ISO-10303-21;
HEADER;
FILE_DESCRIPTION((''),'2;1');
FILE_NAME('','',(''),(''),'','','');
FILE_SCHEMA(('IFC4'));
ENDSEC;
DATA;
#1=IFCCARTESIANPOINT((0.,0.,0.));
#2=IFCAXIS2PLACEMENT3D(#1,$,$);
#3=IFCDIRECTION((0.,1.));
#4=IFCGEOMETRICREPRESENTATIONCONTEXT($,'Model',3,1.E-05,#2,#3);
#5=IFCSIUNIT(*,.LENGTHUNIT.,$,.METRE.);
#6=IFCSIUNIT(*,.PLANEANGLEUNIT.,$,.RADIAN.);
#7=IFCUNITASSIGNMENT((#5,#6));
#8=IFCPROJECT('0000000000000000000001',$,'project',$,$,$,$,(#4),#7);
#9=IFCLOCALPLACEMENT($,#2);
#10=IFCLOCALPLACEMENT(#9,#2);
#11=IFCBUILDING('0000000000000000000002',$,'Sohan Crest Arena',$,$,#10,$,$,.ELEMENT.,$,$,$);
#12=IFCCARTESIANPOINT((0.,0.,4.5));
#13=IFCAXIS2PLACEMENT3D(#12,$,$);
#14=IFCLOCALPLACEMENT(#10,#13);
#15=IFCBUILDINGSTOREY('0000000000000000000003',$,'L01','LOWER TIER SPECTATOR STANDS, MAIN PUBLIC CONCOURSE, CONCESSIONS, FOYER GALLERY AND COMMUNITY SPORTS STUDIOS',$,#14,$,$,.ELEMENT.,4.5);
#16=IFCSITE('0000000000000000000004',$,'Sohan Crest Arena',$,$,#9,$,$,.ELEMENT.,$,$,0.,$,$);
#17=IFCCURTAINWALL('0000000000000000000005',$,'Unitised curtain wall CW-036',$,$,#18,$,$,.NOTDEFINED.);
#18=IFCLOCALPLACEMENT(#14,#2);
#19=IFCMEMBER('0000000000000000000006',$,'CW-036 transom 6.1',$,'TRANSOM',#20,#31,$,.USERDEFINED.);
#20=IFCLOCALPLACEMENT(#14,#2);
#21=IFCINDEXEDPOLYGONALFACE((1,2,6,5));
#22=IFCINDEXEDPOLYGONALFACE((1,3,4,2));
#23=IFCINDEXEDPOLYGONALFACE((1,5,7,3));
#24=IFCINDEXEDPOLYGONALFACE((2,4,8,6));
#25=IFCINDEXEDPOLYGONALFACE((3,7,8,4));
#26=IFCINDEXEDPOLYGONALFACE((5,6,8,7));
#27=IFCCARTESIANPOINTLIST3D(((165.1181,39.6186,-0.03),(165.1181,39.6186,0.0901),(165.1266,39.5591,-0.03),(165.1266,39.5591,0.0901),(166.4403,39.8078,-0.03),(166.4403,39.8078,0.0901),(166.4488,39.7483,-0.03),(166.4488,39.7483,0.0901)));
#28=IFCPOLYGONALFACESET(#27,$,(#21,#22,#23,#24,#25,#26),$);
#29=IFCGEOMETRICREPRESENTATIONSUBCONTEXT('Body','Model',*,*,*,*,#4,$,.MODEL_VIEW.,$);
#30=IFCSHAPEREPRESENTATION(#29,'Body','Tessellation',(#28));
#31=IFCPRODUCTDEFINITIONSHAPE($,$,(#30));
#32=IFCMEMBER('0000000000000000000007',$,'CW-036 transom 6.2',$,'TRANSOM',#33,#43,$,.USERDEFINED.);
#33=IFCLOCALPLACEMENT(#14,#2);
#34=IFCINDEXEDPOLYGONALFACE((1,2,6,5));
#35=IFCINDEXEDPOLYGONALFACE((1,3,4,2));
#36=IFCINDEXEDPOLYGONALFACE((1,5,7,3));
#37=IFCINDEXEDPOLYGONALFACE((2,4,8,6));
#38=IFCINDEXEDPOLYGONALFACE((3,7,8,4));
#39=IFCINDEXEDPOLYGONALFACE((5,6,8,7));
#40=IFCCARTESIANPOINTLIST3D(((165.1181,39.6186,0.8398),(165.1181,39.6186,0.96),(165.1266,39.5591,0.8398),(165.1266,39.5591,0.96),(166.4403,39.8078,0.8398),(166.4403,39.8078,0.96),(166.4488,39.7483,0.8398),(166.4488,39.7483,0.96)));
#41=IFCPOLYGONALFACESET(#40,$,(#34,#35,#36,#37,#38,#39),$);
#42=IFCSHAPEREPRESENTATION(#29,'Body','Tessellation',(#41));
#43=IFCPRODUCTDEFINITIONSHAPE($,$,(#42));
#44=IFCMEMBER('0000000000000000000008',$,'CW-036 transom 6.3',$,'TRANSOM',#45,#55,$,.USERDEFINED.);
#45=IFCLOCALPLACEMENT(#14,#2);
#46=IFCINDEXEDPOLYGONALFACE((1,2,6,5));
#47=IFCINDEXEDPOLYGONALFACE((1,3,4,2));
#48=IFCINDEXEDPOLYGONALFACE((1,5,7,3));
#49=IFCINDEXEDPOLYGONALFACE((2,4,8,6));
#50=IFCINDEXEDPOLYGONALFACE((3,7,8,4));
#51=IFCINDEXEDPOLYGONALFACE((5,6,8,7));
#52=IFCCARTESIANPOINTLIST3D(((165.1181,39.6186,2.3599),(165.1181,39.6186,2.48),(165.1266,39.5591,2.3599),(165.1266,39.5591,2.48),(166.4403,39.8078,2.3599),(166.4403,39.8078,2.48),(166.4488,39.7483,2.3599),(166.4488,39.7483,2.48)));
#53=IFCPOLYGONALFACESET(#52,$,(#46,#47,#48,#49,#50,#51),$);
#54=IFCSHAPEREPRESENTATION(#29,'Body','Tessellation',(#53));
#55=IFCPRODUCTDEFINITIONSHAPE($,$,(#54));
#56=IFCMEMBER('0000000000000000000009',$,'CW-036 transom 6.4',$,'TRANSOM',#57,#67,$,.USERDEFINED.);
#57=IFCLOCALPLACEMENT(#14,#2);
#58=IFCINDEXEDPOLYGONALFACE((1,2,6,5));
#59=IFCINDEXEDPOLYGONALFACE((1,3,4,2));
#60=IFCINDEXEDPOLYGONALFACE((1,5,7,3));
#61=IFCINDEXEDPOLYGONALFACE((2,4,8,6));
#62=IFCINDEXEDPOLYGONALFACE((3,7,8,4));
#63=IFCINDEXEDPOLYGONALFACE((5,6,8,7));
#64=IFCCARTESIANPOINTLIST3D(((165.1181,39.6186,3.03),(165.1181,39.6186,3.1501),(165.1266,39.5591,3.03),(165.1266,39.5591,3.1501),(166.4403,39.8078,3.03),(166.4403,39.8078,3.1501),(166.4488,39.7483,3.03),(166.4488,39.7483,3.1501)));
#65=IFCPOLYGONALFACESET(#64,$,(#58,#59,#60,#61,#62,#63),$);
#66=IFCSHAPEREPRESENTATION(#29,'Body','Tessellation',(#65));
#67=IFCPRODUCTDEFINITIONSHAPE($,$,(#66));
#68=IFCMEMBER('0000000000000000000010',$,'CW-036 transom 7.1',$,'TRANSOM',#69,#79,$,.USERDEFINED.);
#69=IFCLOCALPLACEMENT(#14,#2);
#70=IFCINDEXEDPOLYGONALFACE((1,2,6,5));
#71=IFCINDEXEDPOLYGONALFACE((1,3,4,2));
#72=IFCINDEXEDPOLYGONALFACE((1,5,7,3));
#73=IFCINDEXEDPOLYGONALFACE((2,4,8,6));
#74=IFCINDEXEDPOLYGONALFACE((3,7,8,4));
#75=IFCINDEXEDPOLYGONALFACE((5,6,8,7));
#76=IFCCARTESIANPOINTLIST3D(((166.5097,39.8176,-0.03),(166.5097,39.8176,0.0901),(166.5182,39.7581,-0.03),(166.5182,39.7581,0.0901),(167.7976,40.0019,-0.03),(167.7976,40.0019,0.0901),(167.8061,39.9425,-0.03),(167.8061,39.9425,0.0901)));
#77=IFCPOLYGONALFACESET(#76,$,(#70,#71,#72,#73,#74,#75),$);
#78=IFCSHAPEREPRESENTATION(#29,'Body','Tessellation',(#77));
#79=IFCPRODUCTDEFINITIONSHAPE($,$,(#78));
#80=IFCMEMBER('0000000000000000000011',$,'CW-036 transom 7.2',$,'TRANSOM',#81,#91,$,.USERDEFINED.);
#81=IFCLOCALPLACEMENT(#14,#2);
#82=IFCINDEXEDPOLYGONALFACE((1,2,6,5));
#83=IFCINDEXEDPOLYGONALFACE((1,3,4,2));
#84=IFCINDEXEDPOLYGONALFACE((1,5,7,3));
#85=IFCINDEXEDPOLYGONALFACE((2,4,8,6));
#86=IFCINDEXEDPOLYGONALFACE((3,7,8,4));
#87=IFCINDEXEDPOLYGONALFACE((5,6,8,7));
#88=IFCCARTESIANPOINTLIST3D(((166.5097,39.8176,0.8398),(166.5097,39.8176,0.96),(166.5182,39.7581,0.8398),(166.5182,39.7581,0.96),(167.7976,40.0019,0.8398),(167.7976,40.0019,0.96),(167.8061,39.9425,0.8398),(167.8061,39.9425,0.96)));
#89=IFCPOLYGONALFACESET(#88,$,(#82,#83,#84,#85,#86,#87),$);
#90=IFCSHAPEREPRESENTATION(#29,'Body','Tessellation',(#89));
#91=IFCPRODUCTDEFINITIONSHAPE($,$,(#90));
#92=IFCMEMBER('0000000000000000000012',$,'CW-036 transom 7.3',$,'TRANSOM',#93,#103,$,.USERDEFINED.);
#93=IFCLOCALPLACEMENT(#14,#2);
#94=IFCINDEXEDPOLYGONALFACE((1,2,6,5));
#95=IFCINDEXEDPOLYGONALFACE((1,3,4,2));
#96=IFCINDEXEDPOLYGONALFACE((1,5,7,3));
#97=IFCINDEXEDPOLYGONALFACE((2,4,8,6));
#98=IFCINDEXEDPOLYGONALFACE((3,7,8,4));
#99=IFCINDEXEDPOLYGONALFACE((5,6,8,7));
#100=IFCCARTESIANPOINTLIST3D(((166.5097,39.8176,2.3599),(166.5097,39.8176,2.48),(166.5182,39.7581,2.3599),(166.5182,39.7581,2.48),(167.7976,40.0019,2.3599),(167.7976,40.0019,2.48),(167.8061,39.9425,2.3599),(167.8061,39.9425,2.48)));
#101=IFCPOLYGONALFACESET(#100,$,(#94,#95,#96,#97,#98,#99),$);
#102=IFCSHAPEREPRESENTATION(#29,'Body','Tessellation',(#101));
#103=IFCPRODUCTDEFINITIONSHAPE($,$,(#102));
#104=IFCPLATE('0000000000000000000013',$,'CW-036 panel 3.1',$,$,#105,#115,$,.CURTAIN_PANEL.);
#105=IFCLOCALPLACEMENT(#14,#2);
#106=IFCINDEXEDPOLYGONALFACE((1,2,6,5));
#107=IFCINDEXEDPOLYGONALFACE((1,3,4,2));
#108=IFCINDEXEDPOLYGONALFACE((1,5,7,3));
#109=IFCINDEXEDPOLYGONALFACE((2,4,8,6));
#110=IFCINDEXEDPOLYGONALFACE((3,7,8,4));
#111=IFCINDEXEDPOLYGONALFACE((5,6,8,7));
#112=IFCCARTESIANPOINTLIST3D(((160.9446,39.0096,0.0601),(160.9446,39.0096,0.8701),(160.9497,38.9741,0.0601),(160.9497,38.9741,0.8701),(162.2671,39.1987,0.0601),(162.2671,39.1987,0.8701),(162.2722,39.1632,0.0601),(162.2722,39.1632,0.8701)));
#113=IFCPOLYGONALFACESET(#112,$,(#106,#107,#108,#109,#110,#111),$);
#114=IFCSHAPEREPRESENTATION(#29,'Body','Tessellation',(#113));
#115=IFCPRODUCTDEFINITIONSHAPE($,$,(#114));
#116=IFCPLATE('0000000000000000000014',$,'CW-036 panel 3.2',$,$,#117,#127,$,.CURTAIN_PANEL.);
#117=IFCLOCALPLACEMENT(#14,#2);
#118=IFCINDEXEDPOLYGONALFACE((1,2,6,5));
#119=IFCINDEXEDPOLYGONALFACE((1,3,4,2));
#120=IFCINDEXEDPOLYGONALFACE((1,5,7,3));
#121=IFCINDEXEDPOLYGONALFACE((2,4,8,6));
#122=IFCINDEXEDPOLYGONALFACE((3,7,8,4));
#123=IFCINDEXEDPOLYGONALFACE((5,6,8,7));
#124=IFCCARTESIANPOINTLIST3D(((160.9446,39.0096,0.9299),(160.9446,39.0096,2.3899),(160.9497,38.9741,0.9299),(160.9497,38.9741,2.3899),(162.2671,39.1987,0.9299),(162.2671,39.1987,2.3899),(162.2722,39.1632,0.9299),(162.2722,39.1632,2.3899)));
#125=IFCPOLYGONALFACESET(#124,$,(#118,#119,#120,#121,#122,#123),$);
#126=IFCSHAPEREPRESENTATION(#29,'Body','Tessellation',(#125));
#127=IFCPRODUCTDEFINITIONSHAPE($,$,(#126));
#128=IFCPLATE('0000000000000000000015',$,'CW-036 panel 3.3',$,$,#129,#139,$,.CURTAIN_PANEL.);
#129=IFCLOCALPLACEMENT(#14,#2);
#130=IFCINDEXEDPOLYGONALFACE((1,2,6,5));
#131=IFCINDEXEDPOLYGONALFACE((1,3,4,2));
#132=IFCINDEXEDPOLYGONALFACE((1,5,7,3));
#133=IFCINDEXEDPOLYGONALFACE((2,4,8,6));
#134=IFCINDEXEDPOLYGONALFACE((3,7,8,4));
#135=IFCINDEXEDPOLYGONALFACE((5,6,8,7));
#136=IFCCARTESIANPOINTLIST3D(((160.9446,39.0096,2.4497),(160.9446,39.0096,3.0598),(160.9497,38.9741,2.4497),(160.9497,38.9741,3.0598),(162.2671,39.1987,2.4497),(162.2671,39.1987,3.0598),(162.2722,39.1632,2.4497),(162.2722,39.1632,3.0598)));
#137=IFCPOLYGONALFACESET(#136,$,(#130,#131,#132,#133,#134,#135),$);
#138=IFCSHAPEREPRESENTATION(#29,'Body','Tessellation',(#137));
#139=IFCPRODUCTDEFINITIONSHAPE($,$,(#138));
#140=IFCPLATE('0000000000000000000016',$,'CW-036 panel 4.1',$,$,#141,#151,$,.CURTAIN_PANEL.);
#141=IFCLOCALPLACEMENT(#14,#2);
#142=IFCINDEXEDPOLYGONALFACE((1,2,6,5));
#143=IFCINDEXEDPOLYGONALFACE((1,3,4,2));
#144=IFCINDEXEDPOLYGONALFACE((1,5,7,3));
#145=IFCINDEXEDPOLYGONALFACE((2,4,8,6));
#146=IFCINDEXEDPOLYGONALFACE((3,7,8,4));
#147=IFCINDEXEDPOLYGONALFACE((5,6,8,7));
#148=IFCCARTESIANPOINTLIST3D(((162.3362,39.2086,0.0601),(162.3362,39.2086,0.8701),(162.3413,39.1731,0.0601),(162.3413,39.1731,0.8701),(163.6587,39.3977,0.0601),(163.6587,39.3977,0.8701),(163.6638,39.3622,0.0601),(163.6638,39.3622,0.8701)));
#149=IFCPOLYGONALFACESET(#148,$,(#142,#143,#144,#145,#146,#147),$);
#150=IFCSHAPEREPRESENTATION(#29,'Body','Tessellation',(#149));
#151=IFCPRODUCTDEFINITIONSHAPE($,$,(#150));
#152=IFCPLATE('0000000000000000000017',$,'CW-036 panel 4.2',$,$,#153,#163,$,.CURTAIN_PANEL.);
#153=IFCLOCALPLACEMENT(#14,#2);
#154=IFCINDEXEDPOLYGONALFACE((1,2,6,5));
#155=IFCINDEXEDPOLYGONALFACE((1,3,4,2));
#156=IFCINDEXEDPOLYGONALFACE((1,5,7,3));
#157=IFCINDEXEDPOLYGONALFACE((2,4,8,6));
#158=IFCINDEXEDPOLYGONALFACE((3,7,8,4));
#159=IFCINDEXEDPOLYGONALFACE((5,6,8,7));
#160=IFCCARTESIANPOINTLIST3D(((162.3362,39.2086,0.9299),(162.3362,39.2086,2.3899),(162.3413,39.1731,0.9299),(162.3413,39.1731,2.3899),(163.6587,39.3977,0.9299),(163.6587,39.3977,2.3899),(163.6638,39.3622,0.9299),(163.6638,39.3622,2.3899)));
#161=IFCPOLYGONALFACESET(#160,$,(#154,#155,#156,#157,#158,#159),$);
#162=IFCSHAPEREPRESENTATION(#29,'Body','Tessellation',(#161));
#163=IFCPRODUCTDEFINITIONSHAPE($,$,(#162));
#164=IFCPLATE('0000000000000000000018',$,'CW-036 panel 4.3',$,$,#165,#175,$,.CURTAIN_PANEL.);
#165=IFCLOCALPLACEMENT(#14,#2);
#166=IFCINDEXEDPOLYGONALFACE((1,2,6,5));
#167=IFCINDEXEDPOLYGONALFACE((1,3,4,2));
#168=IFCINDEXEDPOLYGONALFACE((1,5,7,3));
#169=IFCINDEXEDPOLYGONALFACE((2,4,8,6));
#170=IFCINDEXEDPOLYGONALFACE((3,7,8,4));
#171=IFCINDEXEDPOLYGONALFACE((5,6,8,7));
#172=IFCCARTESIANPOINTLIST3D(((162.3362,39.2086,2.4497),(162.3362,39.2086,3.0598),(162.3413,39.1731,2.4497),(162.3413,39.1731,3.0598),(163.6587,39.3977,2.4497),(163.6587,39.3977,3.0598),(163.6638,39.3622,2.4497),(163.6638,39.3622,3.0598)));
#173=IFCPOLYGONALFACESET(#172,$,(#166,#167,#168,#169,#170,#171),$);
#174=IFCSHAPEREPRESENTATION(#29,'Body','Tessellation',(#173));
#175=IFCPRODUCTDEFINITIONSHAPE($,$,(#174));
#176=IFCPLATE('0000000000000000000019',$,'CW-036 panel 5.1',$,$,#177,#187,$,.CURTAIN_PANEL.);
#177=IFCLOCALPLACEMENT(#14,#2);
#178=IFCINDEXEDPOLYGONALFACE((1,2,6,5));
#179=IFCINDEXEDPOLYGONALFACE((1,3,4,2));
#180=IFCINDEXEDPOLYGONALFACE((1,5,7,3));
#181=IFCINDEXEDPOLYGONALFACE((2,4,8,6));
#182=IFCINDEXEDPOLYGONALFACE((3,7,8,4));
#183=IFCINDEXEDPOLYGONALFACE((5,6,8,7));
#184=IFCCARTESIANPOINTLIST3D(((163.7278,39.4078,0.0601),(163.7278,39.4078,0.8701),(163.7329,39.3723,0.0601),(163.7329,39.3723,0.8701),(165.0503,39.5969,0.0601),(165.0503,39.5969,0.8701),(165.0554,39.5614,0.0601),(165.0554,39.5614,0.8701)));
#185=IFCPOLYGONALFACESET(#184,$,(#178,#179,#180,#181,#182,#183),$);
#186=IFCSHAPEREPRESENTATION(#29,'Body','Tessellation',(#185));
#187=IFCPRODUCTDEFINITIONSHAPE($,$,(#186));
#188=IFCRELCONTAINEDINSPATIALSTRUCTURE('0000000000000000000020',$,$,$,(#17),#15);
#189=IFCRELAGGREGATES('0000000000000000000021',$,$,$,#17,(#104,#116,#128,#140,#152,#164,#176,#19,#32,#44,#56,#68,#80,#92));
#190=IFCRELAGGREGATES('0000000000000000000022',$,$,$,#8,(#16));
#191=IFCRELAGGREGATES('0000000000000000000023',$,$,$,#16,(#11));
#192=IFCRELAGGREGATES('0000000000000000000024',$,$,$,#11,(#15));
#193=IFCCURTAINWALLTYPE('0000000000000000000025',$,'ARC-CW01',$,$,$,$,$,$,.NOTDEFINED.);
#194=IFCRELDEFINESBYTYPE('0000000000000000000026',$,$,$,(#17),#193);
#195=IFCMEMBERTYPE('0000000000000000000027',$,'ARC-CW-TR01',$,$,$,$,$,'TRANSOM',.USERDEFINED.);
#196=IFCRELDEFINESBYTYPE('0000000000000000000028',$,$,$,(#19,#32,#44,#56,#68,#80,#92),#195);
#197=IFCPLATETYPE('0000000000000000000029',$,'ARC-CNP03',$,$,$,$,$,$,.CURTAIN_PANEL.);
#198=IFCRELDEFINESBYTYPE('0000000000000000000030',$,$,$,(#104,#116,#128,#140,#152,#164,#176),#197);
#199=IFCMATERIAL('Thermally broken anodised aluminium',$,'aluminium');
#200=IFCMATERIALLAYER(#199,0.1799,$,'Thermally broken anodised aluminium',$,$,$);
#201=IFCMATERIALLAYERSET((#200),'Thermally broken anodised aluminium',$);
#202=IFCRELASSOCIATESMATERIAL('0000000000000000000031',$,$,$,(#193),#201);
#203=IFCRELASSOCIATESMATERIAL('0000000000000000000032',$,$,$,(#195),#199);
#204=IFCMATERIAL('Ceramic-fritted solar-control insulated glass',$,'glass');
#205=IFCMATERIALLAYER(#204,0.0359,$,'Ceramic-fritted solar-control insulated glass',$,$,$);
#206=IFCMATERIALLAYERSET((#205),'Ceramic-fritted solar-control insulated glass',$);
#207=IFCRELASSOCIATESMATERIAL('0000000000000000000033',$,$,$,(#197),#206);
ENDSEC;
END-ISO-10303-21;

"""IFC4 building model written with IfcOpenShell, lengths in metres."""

from ifc_helpers import new_model, si_unit, direction, frame, origin, origin_2d, place, context, subcontext, project, spatial, rectangle, extrude, material, layer, layer_set, material_profile, profile_set, type_object, element, aggregate, save


model = new_model("IFC4")

# Units and contexts
model_context = context("Model", 3, precision=1e-05, world=origin(), true_north=direction((0.0, 1.0)))
body_context = subcontext(model_context, "Body", "Model", "MODEL_VIEW")
ifc_project = project(units=[si_unit("LENGTHUNIT", "METRE"), si_unit("PLANEANGLEUNIT", "RADIAN")], contexts=[model_context])

# Site, building, storey
site_placement = place(None, origin())
site = spatial("IfcSite", under=ifc_project, at=site_placement, Name="Sohan Crest Arena", CompositionType="ELEMENT", RefElevation=0.0)
building_placement = place(site_placement, origin())
building = spatial("IfcBuilding", under=site, at=building_placement, Name="Sohan Crest Arena", CompositionType="ELEMENT")
storey_placement = place(building_placement, frame((0.0, 0.0, 4.5)))
storey = spatial("IfcBuildingStorey", under=building, at=storey_placement, Name="L01", Description="LOWER TIER SPECTATOR STANDS, MAIN PUBLIC CONCOURSE, CONCESSIONS, FOYER GALLERY AND COMMUNITY SPORTS STUDIOS", CompositionType="ELEMENT", Elevation=4.5)

# Curtain wall, members, plates
ifc_material_1 = material(Name="Thermally broken anodised aluminium", Category="aluminium")
ifc_layer_1 = layer(ifc_material_1, 0.1799, Name="Thermally broken anodised aluminium")
ifc_layer_set_1 = layer_set([ifc_layer_1], Name="Thermally broken anodised aluminium")
curtain_wall_type = type_object("IfcCurtainWallType", Name="ARC-CW01", PredefinedType="NOTDEFINED", material=ifc_layer_set_1)
curtain_wall_placement = place(storey_placement, origin())
curtain_wall = element("IfcCurtainWall", 1, at=curtain_wall_placement, inside=storey, type_object=curtain_wall_type, Name="Unitised curtain wall CW-036", PredefinedType="NOTDEFINED")
ifc_material_profile_1 = material_profile(ifc_material_1, rectangle(XDim=0.0601, YDim=0.1201, at=origin_2d()), Name="ALU-TRAN 60x120")
ifc_profile_set_1 = profile_set([ifc_material_profile_1], Name="Thermally broken anodised aluminium")
member_type_1 = type_object("IfcMemberType", Name="ARC-CW-TR01", ElementType="TRANSOM", PredefinedType="USERDEFINED", material=ifc_profile_set_1)
member_1_placement = place(storey_placement, frame((165.1223, 39.5889, 0.03), z_axis=(0.989917, 0.141652, 0.0), x_axis=(-0.141652, 0.989917, 0.0)))
member_1 = element("IfcMember", 2, at=member_1_placement, type_object=member_type_1, Name="CW-036 transom 6.1", ObjectType="TRANSOM", PredefinedType="USERDEFINED", context=body_context, shape_type="SweptSolid", body=[
    extrude(rectangle(XDim=0.0601, YDim=0.1201, at=origin_2d()), origin(), (0.0, 0.0, 1.0), 1.3357),
])
member_2_placement = place(storey_placement, frame((165.1223, 39.5889, 0.8999), z_axis=(0.989917, 0.141652, 0.0), x_axis=(-0.141652, 0.989917, 0.0)))
member_2 = element("IfcMember", 3, at=member_2_placement, type_object=member_type_1, Name="CW-036 transom 6.2", ObjectType="TRANSOM", PredefinedType="USERDEFINED", context=body_context, shape_type="SweptSolid", body=[
    extrude(rectangle(XDim=0.0601, YDim=0.1201, at=origin_2d()), origin(), (0.0, 0.0, 1.0), 1.3357),
])
member_3_placement = place(storey_placement, frame((165.1223, 39.5889, 2.4199), z_axis=(0.989917, 0.141652, 0.0), x_axis=(-0.141652, 0.989917, 0.0)))
member_3 = element("IfcMember", 4, at=member_3_placement, type_object=member_type_1, Name="CW-036 transom 6.3", ObjectType="TRANSOM", PredefinedType="USERDEFINED", context=body_context, shape_type="SweptSolid", body=[
    extrude(rectangle(XDim=0.0601, YDim=0.1201, at=origin_2d()), origin(), (0.0, 0.0, 1.0), 1.3357),
])
member_4_placement = place(storey_placement, frame((165.1223, 39.5889, 3.0901), z_axis=(0.989917, 0.141652, 0.0), x_axis=(-0.141652, 0.989917, 0.0)))
member_4 = element("IfcMember", 5, at=member_4_placement, type_object=member_type_1, Name="CW-036 transom 6.4", ObjectType="TRANSOM", PredefinedType="USERDEFINED", context=body_context, shape_type="SweptSolid", body=[
    extrude(rectangle(XDim=0.0601, YDim=0.1201, at=origin_2d()), origin(), (0.0, 0.0, 1.0), 1.3357),
])
member_5_placement = place(storey_placement, frame((166.5139, 39.7878, 0.03), z_axis=(0.989912, 0.141684, 0.0), x_axis=(-0.141684, 0.989912, 0.0)))
member_5 = element("IfcMember", 6, at=member_5_placement, type_object=member_type_1, Name="CW-036 transom 7.1", ObjectType="TRANSOM", PredefinedType="USERDEFINED", context=body_context, shape_type="SweptSolid", body=[
    extrude(rectangle(XDim=0.0601, YDim=0.1201, at=origin_2d()), origin(), (0.0, 0.0, 1.0), 1.301),
])
member_6_placement = place(storey_placement, frame((166.5139, 39.7878, 0.8999), z_axis=(0.989912, 0.141684, 0.0), x_axis=(-0.141684, 0.989912, 0.0)))
member_6 = element("IfcMember", 7, at=member_6_placement, type_object=member_type_1, Name="CW-036 transom 7.2", ObjectType="TRANSOM", PredefinedType="USERDEFINED", context=body_context, shape_type="SweptSolid", body=[
    extrude(rectangle(XDim=0.0601, YDim=0.1201, at=origin_2d()), origin(), (0.0, 0.0, 1.0), 1.301),
])
member_7_placement = place(storey_placement, frame((166.5139, 39.7878, 2.4199), z_axis=(0.989912, 0.141684, 0.0), x_axis=(-0.141684, 0.989912, 0.0)))
member_7 = element("IfcMember", 8, at=member_7_placement, type_object=member_type_1, Name="CW-036 transom 7.3", ObjectType="TRANSOM", PredefinedType="USERDEFINED", context=body_context, shape_type="SweptSolid", body=[
    extrude(rectangle(XDim=0.0601, YDim=0.1201, at=origin_2d()), origin(), (0.0, 0.0, 1.0), 1.301),
])
ifc_material_2 = material(Name="Ceramic-fritted solar-control insulated glass", Category="glass")
ifc_layer_2 = layer(ifc_material_2, 0.0359, Name="Ceramic-fritted solar-control insulated glass")
ifc_layer_set_2 = layer_set([ifc_layer_2], Name="Ceramic-fritted solar-control insulated glass")
plate_type = type_object("IfcPlateType", Name="ARC-CNP03", PredefinedType="CURTAIN_PANEL", material=ifc_layer_set_2)
plate_1_placement = place(storey_placement, frame((161.6084, 39.0864, 0.0601), z_axis=(0.0, 0.0, 1.0), x_axis=(0.989931, 0.141549, 0.0)))
plate_1 = element("IfcPlate", 9, at=plate_1_placement, type_object=plate_type, Name="CW-036 panel 3.1", PredefinedType="CURTAIN_PANEL", context=body_context, shape_type="SweptSolid", body=[
    extrude(rectangle(XDim=1.3359, YDim=0.0359, at=origin_2d()), origin(), (0.0, 0.0, 1.0), 0.8101),
])
plate_2_placement = place(storey_placement, frame((161.6084, 39.0864, 0.9299), z_axis=(0.0, 0.0, 1.0), x_axis=(0.989931, 0.141549, 0.0)))
plate_2 = element("IfcPlate", 10, at=plate_2_placement, type_object=plate_type, Name="CW-036 panel 3.2", PredefinedType="CURTAIN_PANEL", context=body_context, shape_type="SweptSolid", body=[
    extrude(rectangle(XDim=1.3359, YDim=0.0359, at=origin_2d()), origin(), (0.0, 0.0, 1.0), 1.46),
])
plate_3_placement = place(storey_placement, frame((161.6084, 39.0864, 2.4497), z_axis=(0.0, 0.0, 1.0), x_axis=(0.989931, 0.141549, 0.0)))
plate_3 = element("IfcPlate", 11, at=plate_3_placement, type_object=plate_type, Name="CW-036 panel 3.3", PredefinedType="CURTAIN_PANEL", context=body_context, shape_type="SweptSolid", body=[
    extrude(rectangle(XDim=1.3359, YDim=0.0359, at=origin_2d()), origin(), (0.0, 0.0, 1.0), 0.6101),
])
plate_4_placement = place(storey_placement, frame((163.0, 39.2854, 0.0601), z_axis=(0.0, 0.0, 1.0), x_axis=(0.989931, 0.141549, 0.0)))
plate_4 = element("IfcPlate", 12, at=plate_4_placement, type_object=plate_type, Name="CW-036 panel 4.1", PredefinedType="CURTAIN_PANEL", context=body_context, shape_type="SweptSolid", body=[
    extrude(rectangle(XDim=1.3359, YDim=0.0359, at=origin_2d()), origin(), (0.0, 0.0, 1.0), 0.8101),
])
plate_5_placement = place(storey_placement, frame((163.0, 39.2854, 0.9299), z_axis=(0.0, 0.0, 1.0), x_axis=(0.989931, 0.141549, 0.0)))
plate_5 = element("IfcPlate", 13, at=plate_5_placement, type_object=plate_type, Name="CW-036 panel 4.2", PredefinedType="CURTAIN_PANEL", context=body_context, shape_type="SweptSolid", body=[
    extrude(rectangle(XDim=1.3359, YDim=0.0359, at=origin_2d()), origin(), (0.0, 0.0, 1.0), 1.46),
])
plate_6_placement = place(storey_placement, frame((163.0, 39.2854, 2.4497), z_axis=(0.0, 0.0, 1.0), x_axis=(0.989931, 0.141549, 0.0)))
plate_6 = element("IfcPlate", 14, at=plate_6_placement, type_object=plate_type, Name="CW-036 panel 4.3", PredefinedType="CURTAIN_PANEL", context=body_context, shape_type="SweptSolid", body=[
    extrude(rectangle(XDim=1.3359, YDim=0.0359, at=origin_2d()), origin(), (0.0, 0.0, 1.0), 0.6101),
])
plate_7_placement = place(storey_placement, frame((164.3916, 39.4846, 0.0601), z_axis=(0.0, 0.0, 1.0), x_axis=(0.989931, 0.141549, 0.0)))
plate_7 = element("IfcPlate", 15, at=plate_7_placement, type_object=plate_type, Name="CW-036 panel 5.1", PredefinedType="CURTAIN_PANEL", context=body_context, shape_type="SweptSolid", body=[
    extrude(rectangle(XDim=1.3359, YDim=0.0359, at=origin_2d()), origin(), (0.0, 0.0, 1.0), 0.8101),
])
aggregate(curtain_wall, [plate_1, plate_2, plate_3, plate_4, plate_5, plate_6, plate_7, member_1, member_2, member_3, member_4, member_5, member_6, member_7])

save(model, "model.ifc")
